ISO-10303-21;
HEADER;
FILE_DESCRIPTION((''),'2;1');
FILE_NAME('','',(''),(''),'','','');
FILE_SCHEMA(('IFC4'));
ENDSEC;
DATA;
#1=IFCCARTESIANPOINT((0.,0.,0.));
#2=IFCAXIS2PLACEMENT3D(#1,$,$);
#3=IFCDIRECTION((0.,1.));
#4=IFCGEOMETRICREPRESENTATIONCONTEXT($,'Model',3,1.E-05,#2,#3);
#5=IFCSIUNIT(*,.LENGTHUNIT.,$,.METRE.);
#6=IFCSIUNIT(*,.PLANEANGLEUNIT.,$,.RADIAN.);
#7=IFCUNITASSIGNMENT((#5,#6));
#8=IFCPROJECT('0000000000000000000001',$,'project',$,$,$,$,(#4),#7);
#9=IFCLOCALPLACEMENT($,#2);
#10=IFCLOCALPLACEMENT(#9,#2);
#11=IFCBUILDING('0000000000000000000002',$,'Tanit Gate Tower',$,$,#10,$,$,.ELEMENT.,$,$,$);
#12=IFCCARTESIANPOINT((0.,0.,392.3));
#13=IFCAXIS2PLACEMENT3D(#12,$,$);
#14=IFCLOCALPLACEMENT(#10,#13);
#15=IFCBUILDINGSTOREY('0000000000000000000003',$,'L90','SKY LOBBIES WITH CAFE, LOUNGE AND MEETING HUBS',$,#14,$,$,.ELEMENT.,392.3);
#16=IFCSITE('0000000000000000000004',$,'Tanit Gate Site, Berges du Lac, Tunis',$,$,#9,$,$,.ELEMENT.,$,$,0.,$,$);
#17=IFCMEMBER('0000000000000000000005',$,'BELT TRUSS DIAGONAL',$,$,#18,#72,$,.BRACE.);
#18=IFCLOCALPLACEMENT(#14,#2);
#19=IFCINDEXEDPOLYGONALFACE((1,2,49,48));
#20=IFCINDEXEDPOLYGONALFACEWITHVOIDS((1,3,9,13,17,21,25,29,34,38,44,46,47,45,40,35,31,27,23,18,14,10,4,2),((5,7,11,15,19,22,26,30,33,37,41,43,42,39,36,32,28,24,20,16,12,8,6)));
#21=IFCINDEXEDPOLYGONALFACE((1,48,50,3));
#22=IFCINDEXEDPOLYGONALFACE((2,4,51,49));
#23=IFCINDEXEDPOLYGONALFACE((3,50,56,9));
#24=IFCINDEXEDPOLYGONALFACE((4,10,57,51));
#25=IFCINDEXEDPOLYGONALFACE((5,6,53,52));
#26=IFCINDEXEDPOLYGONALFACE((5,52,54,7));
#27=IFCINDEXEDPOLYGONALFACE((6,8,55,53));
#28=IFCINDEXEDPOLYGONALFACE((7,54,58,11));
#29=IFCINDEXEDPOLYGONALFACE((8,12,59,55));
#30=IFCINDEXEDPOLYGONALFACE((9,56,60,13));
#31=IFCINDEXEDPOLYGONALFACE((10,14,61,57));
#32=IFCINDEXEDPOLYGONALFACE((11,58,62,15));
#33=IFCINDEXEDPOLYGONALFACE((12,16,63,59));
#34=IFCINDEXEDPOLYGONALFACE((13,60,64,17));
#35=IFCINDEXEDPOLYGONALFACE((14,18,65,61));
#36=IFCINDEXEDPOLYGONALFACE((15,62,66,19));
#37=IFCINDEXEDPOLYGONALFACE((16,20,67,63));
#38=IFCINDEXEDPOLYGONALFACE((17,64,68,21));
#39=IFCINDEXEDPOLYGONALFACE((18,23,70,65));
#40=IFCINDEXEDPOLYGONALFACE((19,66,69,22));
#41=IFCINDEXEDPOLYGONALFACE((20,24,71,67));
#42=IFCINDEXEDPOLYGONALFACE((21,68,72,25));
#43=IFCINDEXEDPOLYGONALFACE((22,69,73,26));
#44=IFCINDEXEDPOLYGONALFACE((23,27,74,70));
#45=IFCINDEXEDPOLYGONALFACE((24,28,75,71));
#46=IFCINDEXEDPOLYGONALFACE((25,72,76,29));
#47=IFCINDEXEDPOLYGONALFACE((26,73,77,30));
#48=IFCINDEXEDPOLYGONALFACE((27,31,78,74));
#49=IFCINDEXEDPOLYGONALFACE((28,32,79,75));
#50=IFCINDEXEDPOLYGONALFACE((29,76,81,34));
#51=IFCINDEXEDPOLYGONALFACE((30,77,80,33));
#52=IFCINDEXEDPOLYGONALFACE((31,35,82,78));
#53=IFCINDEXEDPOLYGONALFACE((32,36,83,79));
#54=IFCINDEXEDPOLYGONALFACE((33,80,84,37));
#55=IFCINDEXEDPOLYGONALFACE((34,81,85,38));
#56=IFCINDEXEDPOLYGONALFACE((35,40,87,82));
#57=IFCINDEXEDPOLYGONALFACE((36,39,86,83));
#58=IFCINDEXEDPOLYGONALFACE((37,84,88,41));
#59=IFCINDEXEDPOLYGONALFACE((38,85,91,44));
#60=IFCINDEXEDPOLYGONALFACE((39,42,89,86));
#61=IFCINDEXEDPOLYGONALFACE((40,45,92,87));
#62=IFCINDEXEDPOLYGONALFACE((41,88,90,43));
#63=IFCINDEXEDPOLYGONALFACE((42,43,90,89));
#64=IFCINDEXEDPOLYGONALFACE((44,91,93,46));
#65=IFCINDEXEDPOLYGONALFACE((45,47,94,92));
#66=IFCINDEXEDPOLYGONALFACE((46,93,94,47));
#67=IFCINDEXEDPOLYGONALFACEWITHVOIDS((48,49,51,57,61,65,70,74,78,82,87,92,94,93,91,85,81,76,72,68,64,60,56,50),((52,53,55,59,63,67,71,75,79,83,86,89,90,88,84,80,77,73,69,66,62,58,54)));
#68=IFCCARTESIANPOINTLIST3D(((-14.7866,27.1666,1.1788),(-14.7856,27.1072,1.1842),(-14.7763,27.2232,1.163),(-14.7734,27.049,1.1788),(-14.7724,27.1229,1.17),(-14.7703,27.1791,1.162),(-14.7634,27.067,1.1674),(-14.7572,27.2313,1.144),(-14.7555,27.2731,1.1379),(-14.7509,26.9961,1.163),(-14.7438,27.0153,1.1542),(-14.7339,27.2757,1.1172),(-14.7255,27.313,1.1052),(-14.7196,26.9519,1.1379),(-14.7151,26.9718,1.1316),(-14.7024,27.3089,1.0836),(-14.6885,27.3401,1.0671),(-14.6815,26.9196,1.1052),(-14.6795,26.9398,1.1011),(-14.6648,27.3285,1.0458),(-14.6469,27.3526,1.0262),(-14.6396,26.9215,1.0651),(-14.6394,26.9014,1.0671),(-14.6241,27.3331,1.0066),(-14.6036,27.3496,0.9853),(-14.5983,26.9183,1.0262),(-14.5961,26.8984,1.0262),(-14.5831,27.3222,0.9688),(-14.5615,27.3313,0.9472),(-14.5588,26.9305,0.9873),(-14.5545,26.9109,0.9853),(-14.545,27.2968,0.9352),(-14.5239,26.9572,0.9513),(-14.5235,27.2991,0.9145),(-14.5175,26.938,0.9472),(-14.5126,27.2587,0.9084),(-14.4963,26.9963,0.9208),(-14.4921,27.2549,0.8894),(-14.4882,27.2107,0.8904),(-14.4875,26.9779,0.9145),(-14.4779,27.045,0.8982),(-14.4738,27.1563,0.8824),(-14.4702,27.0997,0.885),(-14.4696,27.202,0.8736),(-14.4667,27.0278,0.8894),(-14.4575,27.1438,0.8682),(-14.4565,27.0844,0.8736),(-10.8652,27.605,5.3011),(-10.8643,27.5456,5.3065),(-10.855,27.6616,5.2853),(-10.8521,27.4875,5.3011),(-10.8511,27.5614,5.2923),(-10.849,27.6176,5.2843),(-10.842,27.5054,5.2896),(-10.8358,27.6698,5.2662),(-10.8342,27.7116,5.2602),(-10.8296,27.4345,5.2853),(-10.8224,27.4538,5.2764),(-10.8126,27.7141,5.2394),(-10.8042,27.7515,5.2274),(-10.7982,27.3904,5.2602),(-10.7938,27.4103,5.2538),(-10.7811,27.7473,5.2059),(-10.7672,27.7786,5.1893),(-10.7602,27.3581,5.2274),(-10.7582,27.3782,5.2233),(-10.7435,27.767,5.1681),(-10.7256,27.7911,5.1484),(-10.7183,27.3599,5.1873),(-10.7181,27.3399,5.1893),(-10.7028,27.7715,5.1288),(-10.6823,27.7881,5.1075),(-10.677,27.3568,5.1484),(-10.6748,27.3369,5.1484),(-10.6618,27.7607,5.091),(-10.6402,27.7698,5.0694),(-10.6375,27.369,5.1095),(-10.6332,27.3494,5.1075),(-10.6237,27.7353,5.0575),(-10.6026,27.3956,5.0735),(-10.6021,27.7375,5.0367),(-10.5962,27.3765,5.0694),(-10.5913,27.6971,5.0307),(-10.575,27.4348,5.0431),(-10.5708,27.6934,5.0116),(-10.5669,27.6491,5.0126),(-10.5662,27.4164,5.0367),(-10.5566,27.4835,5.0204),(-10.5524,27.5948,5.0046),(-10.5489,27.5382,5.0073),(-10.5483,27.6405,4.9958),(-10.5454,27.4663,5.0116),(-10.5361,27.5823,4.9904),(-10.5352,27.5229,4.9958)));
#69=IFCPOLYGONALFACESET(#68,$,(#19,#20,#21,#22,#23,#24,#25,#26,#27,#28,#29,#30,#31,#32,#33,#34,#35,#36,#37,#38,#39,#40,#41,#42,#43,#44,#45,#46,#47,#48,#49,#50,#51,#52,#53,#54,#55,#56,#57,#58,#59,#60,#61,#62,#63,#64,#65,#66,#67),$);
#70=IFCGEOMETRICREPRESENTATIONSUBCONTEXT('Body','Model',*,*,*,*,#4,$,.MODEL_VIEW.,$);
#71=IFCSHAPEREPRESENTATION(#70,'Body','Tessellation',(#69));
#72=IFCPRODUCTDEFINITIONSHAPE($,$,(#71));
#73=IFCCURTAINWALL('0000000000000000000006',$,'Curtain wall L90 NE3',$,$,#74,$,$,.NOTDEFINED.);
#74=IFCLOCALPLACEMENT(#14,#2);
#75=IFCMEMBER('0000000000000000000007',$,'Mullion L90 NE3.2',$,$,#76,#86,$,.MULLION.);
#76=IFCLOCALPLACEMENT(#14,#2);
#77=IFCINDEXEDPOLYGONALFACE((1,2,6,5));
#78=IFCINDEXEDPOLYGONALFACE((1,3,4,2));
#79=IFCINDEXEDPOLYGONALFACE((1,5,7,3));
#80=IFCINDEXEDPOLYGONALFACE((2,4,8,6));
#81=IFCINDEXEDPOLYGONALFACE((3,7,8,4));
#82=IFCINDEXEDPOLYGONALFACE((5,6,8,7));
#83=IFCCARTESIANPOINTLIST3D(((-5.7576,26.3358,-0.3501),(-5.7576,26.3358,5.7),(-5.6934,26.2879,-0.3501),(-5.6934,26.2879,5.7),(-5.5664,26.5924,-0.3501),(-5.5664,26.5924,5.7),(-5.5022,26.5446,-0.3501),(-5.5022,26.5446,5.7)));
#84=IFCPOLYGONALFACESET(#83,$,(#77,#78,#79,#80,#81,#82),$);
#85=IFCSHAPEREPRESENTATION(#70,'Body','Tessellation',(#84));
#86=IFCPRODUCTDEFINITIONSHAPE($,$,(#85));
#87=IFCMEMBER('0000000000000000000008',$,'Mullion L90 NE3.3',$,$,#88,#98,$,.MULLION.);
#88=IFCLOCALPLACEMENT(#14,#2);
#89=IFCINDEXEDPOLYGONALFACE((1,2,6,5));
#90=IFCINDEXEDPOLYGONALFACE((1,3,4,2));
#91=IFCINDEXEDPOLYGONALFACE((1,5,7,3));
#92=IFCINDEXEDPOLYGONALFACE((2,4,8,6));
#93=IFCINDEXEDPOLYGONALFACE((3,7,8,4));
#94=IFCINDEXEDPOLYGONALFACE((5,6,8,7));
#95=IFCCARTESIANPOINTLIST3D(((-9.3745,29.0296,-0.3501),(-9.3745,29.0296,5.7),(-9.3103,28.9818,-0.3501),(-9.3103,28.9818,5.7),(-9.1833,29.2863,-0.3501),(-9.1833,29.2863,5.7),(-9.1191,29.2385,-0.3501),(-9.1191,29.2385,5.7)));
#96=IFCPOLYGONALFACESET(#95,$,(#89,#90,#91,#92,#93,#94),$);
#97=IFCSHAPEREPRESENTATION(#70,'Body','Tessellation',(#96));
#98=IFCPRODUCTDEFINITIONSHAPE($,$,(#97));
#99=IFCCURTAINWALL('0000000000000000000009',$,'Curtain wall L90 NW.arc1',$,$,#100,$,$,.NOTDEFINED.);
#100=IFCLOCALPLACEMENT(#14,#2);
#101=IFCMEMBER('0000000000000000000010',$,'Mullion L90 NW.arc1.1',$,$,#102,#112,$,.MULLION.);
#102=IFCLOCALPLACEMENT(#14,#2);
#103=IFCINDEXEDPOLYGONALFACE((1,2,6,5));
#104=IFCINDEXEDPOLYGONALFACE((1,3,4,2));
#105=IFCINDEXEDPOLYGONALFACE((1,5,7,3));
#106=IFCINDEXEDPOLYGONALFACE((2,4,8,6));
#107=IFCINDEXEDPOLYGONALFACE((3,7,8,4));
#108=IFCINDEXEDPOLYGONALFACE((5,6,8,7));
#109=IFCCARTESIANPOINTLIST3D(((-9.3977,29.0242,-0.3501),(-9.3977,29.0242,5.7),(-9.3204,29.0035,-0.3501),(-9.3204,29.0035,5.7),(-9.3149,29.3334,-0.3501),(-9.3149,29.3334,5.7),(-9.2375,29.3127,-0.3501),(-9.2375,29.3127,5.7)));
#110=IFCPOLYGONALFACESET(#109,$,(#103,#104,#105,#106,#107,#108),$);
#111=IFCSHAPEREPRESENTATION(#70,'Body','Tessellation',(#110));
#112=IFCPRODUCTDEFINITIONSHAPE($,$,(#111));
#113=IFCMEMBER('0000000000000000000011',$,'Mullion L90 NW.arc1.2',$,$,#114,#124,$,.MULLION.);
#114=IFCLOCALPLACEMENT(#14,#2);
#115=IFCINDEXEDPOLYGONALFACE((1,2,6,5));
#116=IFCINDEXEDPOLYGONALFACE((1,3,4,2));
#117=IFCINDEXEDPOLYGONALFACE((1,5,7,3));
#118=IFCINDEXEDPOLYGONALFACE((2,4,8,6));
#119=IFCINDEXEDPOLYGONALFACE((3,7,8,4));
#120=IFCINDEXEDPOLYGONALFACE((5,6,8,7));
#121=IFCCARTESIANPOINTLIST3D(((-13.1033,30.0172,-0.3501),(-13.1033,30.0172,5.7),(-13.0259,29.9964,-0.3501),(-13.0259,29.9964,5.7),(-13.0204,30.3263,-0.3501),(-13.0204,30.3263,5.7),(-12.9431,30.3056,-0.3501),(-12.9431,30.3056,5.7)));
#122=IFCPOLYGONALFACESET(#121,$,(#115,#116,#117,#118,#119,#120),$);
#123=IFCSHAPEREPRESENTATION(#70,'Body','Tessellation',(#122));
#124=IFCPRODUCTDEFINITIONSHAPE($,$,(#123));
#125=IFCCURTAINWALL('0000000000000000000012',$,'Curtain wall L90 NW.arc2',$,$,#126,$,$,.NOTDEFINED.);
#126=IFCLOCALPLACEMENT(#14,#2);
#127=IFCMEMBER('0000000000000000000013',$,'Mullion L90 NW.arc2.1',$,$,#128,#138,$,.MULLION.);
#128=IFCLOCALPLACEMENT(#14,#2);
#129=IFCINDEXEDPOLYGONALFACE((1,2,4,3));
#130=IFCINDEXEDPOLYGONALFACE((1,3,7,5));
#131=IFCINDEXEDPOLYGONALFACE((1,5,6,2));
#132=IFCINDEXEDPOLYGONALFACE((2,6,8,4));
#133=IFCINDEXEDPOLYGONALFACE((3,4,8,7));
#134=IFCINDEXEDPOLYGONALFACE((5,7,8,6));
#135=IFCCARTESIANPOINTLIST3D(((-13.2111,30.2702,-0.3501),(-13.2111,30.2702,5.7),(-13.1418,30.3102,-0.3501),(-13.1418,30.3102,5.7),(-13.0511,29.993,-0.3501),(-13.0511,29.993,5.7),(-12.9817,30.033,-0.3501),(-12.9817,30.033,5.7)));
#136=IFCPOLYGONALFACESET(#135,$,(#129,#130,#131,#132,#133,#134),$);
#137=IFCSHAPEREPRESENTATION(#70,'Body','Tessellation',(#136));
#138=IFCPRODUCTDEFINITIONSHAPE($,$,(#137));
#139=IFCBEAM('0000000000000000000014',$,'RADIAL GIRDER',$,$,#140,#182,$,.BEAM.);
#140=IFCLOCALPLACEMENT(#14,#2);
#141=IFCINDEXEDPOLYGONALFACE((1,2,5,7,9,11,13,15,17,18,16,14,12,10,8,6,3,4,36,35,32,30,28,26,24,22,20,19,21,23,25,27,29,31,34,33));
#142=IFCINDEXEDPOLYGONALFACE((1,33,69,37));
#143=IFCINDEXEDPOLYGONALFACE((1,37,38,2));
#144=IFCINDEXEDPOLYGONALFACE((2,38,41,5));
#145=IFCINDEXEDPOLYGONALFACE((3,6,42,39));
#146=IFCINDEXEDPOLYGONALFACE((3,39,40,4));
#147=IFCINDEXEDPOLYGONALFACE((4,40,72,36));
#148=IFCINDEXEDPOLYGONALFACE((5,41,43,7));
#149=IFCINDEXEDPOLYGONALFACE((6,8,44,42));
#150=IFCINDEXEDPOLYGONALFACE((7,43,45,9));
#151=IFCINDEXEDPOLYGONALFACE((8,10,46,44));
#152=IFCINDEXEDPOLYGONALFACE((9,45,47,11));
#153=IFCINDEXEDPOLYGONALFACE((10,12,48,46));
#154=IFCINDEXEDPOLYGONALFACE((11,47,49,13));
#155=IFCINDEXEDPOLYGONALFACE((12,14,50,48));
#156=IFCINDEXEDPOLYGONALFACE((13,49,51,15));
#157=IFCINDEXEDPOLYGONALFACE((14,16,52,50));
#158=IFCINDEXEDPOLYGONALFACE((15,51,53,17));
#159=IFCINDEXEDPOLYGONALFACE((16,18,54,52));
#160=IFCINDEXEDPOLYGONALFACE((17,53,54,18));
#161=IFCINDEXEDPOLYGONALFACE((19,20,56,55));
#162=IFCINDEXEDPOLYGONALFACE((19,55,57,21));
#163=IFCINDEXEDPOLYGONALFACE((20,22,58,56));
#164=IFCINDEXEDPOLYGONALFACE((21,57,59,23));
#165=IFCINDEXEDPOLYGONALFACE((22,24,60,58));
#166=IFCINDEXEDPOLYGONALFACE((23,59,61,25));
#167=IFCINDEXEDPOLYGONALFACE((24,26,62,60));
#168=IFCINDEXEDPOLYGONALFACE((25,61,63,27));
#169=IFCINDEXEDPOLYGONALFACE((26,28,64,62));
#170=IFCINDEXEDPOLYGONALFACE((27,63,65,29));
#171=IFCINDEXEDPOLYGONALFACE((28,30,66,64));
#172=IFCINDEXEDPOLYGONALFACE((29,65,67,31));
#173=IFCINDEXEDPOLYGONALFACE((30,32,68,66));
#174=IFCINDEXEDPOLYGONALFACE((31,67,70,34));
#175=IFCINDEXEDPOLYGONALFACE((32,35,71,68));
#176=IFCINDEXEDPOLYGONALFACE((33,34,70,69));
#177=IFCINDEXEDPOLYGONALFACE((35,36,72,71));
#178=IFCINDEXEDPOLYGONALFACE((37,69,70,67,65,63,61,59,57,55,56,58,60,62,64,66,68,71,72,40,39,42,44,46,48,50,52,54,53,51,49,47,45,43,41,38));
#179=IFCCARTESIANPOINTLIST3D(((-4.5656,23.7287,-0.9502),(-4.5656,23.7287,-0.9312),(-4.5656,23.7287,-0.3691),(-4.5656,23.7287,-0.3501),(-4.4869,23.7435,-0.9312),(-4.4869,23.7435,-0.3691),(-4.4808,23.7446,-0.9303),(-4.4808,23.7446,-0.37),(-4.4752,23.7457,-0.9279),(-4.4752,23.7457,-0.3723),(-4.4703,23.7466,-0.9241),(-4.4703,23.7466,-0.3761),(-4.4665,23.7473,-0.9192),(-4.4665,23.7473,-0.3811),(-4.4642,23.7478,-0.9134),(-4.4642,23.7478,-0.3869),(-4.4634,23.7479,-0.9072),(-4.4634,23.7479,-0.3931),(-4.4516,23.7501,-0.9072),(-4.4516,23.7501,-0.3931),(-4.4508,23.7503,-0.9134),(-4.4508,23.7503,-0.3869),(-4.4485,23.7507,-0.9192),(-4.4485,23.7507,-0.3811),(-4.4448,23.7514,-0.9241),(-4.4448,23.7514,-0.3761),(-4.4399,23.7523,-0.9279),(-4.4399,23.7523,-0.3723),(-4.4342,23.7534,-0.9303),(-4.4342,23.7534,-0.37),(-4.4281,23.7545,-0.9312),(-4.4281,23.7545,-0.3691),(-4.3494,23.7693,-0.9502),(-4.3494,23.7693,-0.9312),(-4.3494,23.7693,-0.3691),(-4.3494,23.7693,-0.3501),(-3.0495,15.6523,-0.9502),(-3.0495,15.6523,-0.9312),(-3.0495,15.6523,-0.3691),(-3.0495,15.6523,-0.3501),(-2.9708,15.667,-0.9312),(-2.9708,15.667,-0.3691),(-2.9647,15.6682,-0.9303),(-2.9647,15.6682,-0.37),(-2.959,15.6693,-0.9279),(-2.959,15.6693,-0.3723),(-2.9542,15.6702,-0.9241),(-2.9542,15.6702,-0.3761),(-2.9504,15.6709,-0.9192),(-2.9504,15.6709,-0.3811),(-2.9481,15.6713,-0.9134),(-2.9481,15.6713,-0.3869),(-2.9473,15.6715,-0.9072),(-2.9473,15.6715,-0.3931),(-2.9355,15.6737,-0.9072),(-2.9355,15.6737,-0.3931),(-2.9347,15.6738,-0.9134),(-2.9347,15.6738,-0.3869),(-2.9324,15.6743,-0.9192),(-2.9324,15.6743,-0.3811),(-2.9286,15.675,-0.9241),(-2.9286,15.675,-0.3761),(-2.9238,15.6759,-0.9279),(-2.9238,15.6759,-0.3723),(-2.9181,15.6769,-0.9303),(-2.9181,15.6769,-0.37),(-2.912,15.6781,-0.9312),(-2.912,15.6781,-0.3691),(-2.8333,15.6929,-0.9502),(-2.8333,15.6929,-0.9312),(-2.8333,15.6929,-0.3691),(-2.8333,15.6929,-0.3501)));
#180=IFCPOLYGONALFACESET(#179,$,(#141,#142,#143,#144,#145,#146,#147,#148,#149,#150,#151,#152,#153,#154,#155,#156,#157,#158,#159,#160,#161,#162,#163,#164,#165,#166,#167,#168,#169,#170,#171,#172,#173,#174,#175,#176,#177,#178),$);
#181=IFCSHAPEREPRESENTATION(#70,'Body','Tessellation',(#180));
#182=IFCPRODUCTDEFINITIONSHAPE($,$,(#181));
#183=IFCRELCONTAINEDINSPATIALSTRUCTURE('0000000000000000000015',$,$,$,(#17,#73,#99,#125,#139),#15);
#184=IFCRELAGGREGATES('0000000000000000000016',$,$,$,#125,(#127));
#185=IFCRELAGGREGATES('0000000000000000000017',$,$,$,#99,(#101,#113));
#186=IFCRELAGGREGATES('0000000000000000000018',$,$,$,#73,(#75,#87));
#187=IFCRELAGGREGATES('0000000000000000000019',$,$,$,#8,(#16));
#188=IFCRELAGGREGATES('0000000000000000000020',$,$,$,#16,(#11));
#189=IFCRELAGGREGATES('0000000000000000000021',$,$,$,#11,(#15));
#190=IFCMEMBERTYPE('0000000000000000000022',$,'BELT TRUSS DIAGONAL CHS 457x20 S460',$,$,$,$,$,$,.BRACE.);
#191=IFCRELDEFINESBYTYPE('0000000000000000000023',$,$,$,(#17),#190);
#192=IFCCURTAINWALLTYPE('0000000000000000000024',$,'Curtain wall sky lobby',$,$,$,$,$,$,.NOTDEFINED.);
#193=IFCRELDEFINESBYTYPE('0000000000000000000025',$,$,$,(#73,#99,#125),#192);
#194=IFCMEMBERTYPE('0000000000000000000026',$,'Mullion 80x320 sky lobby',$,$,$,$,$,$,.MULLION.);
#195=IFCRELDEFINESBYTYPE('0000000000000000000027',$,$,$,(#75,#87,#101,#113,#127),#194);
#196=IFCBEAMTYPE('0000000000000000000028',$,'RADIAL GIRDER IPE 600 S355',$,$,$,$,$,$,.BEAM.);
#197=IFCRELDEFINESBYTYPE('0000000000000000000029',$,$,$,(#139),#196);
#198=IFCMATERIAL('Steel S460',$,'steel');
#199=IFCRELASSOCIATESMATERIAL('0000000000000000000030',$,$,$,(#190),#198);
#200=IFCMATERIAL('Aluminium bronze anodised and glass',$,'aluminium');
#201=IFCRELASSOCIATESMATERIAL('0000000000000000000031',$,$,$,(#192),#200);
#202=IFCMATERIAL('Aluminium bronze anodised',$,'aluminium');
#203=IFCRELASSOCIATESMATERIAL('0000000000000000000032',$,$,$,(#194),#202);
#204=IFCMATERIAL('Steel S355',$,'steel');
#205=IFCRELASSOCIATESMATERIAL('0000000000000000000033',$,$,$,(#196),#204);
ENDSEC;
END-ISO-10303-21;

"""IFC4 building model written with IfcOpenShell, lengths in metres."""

from ifc_helpers import new_model, si_unit, direction, frame, origin, origin_2d, place, context, subcontext, project, spatial, rectangle, hollow_circle, i_section, extrude, material, material_profile, profile_set, type_object, element, aggregate, save


model = new_model("IFC4")

# Units and contexts
model_context = context("Model", 3, precision=1e-05, world=origin(), true_north=direction((0.0, 1.0)))
body_context = subcontext(model_context, "Body", "Model", "MODEL_VIEW")
ifc_project = project(units=[si_unit("LENGTHUNIT", "METRE"), si_unit("PLANEANGLEUNIT", "RADIAN")], contexts=[model_context])

# Site, building, storey
site_placement = place(None, origin())
site = spatial("IfcSite", under=ifc_project, at=site_placement, Name="Tanit Gate Site, Berges du Lac, Tunis", CompositionType="ELEMENT", RefElevation=0.0)
building_placement = place(site_placement, origin())
building = spatial("IfcBuilding", under=site, at=building_placement, Name="Tanit Gate Tower", CompositionType="ELEMENT")
storey_placement = place(building_placement, frame((0.0, 0.0, 392.3)))
storey = spatial("IfcBuildingStorey", under=building, at=storey_placement, Name="L90", Description="SKY LOBBIES WITH CAFE, LOUNGE AND MEETING HUBS", CompositionType="ELEMENT", Elevation=392.3)

# Member
ifc_material_1 = material(Name="Steel S460", Category="steel")
ifc_material_profile_1 = material_profile(ifc_material_1, hollow_circle(Radius=0.2285, WallThickness=0.02, at=origin_2d()), Name="CHS 457x20")
ifc_profile_set_1 = profile_set([ifc_material_profile_1], Name="Steel S460")
member_type_1 = type_object("IfcMemberType", Name="BELT TRUSS DIAGONAL CHS 457x20 S460", PredefinedType="BRACE", material=ifc_profile_set_1)
member_1_placement = place(storey_placement, frame((-10.7002, 27.564, 5.1484), z_axis=(-0.687191, -0.076839, -0.722402), x_axis=(0.111124, -0.993807, 0.0)))
element("IfcMember", 1, at=member_1_placement, inside=storey, type_object=member_type_1, Name="BELT TRUSS DIAGONAL", PredefinedType="BRACE", context=body_context, shape_type="SweptSolid", body=[
    extrude(hollow_circle(Radius=0.2285, WallThickness=0.02, at=origin_2d()), origin(), (0.0, 0.0, 1.0), 5.7063),
])

# Curtain walls, members
ifc_material_2 = material(Name="Aluminium bronze anodised and glass", Category="aluminium")
curtain_wall_type = type_object("IfcCurtainWallType", Name="Curtain wall sky lobby", PredefinedType="NOTDEFINED", material=ifc_material_2)
curtain_wall_1_placement = place(storey_placement, origin())
curtain_wall_1 = element("IfcCurtainWall", 2, at=curtain_wall_1_placement, inside=storey, type_object=curtain_wall_type, Name="Curtain wall L90 NE3", PredefinedType="NOTDEFINED")
ifc_material_3 = material(Name="Aluminium bronze anodised", Category="aluminium")
ifc_material_profile_2 = material_profile(ifc_material_3, rectangle(XDim=0.3201, YDim=0.0801, at=origin_2d()), Name="80x320 bronze mullion")
ifc_profile_set_2 = profile_set([ifc_material_profile_2], Name="Aluminium bronze anodised")
member_type_2 = type_object("IfcMemberType", Name="Mullion 80x320 sky lobby", PredefinedType="MULLION", material=ifc_profile_set_2)
member_2_placement = place(storey_placement, frame((-5.6299, 26.4402, -0.3501), z_axis=(0.0, 0.0, 1.0), x_axis=(-0.597341, -0.801988, 0.0)))
member_2 = element("IfcMember", 3, at=member_2_placement, type_object=member_type_2, Name="Mullion L90 NE3.2", PredefinedType="MULLION", context=body_context, shape_type="SweptSolid", body=[
    extrude(rectangle(XDim=0.3201, YDim=0.0801, at=origin_2d()), origin(), (0.0, 0.0, 1.0), 6.05),
])
member_3_placement = place(storey_placement, frame((-9.2468, 29.134, -0.3501), z_axis=(0.0, 0.0, 1.0), x_axis=(-0.597341, -0.801988, 0.0)))
member_3 = element("IfcMember", 4, at=member_3_placement, type_object=member_type_2, Name="Mullion L90 NE3.3", PredefinedType="MULLION", context=body_context, shape_type="SweptSolid", body=[
    extrude(rectangle(XDim=0.3201, YDim=0.0801, at=origin_2d()), origin(), (0.0, 0.0, 1.0), 6.05),
])
curtain_wall_2_placement = place(storey_placement, origin())
curtain_wall_2 = element("IfcCurtainWall", 5, at=curtain_wall_2_placement, inside=storey, type_object=curtain_wall_type, Name="Curtain wall L90 NW.arc1", PredefinedType="NOTDEFINED")
member_4_placement = place(storey_placement, frame((-9.3176, 29.1685, -0.3501), z_axis=(0.0, 0.0, 1.0), x_axis=(-0.258819, -0.965926, 0.0)))
member_4 = element("IfcMember", 6, at=member_4_placement, type_object=member_type_2, Name="Mullion L90 NW.arc1.1", PredefinedType="MULLION", context=body_context, shape_type="SweptSolid", body=[
    extrude(rectangle(XDim=0.3201, YDim=0.0801, at=origin_2d()), origin(), (0.0, 0.0, 1.0), 6.05),
])
member_5_placement = place(storey_placement, frame((-13.0232, 30.1614, -0.3501), z_axis=(0.0, 0.0, 1.0), x_axis=(-0.258819, -0.965926, 0.0)))
member_5 = element("IfcMember", 7, at=member_5_placement, type_object=member_type_2, Name="Mullion L90 NW.arc1.2", PredefinedType="MULLION", context=body_context, shape_type="SweptSolid", body=[
    extrude(rectangle(XDim=0.3201, YDim=0.0801, at=origin_2d()), origin(), (0.0, 0.0, 1.0), 6.05),
])

# Curtain wall, member
curtain_wall_3_placement = place(storey_placement, origin())
curtain_wall_3 = element("IfcCurtainWall", 8, at=curtain_wall_3_placement, inside=storey, type_object=curtain_wall_type, Name="Curtain wall L90 NW.arc2", PredefinedType="NOTDEFINED")
member_6_placement = place(storey_placement, frame((-13.0964, 30.1516, -0.3501), z_axis=(0.0, 0.0, 1.0), x_axis=(0.5, -0.866025, 0.0)))
member_6 = element("IfcMember", 9, at=member_6_placement, type_object=member_type_2, Name="Mullion L90 NW.arc2.1", PredefinedType="MULLION", context=body_context, shape_type="SweptSolid", body=[
    extrude(rectangle(XDim=0.3201, YDim=0.0801, at=origin_2d()), origin(), (0.0, 0.0, 1.0), 6.05),
])
aggregate(curtain_wall_3, [member_6])

# Beam
ifc_material_4 = material(Name="Steel S355", Category="steel")
ifc_material_profile_3 = material_profile(ifc_material_4, i_section(OverallWidth=0.22, OverallDepth=0.6001, WebThickness=0.012, FlangeThickness=0.019, FilletRadius=0.0239, at=origin_2d()), Name="IPE 600")
ifc_profile_set_3 = profile_set([ifc_material_profile_3], Name="Steel S355")
beam_type_1 = type_object("IfcBeamType", Name="RADIAL GIRDER IPE 600 S355", PredefinedType="BEAM", material=ifc_profile_set_3)
beam_1_placement = place(storey_placement, frame((-4.4575, 23.749, -0.6501), z_axis=(0.184498, -0.982833, 0.0), x_axis=(0.982833, 0.184498, 0.0)))
element("IfcBeam", 10, at=beam_1_placement, inside=storey, type_object=beam_type_1, Name="RADIAL GIRDER", PredefinedType="BEAM", context=body_context, shape_type="SweptSolid", body=[
    extrude(i_section(OverallWidth=0.22, OverallDepth=0.6001, WebThickness=0.012, FlangeThickness=0.019, FilletRadius=0.0239, at=origin_2d()), origin(), (0.0, 0.0, 1.0), 8.2175),
])

aggregate(curtain_wall_2, [member_4, member_5])
aggregate(curtain_wall_1, [member_2, member_3])

save(model, "model.ifc")
